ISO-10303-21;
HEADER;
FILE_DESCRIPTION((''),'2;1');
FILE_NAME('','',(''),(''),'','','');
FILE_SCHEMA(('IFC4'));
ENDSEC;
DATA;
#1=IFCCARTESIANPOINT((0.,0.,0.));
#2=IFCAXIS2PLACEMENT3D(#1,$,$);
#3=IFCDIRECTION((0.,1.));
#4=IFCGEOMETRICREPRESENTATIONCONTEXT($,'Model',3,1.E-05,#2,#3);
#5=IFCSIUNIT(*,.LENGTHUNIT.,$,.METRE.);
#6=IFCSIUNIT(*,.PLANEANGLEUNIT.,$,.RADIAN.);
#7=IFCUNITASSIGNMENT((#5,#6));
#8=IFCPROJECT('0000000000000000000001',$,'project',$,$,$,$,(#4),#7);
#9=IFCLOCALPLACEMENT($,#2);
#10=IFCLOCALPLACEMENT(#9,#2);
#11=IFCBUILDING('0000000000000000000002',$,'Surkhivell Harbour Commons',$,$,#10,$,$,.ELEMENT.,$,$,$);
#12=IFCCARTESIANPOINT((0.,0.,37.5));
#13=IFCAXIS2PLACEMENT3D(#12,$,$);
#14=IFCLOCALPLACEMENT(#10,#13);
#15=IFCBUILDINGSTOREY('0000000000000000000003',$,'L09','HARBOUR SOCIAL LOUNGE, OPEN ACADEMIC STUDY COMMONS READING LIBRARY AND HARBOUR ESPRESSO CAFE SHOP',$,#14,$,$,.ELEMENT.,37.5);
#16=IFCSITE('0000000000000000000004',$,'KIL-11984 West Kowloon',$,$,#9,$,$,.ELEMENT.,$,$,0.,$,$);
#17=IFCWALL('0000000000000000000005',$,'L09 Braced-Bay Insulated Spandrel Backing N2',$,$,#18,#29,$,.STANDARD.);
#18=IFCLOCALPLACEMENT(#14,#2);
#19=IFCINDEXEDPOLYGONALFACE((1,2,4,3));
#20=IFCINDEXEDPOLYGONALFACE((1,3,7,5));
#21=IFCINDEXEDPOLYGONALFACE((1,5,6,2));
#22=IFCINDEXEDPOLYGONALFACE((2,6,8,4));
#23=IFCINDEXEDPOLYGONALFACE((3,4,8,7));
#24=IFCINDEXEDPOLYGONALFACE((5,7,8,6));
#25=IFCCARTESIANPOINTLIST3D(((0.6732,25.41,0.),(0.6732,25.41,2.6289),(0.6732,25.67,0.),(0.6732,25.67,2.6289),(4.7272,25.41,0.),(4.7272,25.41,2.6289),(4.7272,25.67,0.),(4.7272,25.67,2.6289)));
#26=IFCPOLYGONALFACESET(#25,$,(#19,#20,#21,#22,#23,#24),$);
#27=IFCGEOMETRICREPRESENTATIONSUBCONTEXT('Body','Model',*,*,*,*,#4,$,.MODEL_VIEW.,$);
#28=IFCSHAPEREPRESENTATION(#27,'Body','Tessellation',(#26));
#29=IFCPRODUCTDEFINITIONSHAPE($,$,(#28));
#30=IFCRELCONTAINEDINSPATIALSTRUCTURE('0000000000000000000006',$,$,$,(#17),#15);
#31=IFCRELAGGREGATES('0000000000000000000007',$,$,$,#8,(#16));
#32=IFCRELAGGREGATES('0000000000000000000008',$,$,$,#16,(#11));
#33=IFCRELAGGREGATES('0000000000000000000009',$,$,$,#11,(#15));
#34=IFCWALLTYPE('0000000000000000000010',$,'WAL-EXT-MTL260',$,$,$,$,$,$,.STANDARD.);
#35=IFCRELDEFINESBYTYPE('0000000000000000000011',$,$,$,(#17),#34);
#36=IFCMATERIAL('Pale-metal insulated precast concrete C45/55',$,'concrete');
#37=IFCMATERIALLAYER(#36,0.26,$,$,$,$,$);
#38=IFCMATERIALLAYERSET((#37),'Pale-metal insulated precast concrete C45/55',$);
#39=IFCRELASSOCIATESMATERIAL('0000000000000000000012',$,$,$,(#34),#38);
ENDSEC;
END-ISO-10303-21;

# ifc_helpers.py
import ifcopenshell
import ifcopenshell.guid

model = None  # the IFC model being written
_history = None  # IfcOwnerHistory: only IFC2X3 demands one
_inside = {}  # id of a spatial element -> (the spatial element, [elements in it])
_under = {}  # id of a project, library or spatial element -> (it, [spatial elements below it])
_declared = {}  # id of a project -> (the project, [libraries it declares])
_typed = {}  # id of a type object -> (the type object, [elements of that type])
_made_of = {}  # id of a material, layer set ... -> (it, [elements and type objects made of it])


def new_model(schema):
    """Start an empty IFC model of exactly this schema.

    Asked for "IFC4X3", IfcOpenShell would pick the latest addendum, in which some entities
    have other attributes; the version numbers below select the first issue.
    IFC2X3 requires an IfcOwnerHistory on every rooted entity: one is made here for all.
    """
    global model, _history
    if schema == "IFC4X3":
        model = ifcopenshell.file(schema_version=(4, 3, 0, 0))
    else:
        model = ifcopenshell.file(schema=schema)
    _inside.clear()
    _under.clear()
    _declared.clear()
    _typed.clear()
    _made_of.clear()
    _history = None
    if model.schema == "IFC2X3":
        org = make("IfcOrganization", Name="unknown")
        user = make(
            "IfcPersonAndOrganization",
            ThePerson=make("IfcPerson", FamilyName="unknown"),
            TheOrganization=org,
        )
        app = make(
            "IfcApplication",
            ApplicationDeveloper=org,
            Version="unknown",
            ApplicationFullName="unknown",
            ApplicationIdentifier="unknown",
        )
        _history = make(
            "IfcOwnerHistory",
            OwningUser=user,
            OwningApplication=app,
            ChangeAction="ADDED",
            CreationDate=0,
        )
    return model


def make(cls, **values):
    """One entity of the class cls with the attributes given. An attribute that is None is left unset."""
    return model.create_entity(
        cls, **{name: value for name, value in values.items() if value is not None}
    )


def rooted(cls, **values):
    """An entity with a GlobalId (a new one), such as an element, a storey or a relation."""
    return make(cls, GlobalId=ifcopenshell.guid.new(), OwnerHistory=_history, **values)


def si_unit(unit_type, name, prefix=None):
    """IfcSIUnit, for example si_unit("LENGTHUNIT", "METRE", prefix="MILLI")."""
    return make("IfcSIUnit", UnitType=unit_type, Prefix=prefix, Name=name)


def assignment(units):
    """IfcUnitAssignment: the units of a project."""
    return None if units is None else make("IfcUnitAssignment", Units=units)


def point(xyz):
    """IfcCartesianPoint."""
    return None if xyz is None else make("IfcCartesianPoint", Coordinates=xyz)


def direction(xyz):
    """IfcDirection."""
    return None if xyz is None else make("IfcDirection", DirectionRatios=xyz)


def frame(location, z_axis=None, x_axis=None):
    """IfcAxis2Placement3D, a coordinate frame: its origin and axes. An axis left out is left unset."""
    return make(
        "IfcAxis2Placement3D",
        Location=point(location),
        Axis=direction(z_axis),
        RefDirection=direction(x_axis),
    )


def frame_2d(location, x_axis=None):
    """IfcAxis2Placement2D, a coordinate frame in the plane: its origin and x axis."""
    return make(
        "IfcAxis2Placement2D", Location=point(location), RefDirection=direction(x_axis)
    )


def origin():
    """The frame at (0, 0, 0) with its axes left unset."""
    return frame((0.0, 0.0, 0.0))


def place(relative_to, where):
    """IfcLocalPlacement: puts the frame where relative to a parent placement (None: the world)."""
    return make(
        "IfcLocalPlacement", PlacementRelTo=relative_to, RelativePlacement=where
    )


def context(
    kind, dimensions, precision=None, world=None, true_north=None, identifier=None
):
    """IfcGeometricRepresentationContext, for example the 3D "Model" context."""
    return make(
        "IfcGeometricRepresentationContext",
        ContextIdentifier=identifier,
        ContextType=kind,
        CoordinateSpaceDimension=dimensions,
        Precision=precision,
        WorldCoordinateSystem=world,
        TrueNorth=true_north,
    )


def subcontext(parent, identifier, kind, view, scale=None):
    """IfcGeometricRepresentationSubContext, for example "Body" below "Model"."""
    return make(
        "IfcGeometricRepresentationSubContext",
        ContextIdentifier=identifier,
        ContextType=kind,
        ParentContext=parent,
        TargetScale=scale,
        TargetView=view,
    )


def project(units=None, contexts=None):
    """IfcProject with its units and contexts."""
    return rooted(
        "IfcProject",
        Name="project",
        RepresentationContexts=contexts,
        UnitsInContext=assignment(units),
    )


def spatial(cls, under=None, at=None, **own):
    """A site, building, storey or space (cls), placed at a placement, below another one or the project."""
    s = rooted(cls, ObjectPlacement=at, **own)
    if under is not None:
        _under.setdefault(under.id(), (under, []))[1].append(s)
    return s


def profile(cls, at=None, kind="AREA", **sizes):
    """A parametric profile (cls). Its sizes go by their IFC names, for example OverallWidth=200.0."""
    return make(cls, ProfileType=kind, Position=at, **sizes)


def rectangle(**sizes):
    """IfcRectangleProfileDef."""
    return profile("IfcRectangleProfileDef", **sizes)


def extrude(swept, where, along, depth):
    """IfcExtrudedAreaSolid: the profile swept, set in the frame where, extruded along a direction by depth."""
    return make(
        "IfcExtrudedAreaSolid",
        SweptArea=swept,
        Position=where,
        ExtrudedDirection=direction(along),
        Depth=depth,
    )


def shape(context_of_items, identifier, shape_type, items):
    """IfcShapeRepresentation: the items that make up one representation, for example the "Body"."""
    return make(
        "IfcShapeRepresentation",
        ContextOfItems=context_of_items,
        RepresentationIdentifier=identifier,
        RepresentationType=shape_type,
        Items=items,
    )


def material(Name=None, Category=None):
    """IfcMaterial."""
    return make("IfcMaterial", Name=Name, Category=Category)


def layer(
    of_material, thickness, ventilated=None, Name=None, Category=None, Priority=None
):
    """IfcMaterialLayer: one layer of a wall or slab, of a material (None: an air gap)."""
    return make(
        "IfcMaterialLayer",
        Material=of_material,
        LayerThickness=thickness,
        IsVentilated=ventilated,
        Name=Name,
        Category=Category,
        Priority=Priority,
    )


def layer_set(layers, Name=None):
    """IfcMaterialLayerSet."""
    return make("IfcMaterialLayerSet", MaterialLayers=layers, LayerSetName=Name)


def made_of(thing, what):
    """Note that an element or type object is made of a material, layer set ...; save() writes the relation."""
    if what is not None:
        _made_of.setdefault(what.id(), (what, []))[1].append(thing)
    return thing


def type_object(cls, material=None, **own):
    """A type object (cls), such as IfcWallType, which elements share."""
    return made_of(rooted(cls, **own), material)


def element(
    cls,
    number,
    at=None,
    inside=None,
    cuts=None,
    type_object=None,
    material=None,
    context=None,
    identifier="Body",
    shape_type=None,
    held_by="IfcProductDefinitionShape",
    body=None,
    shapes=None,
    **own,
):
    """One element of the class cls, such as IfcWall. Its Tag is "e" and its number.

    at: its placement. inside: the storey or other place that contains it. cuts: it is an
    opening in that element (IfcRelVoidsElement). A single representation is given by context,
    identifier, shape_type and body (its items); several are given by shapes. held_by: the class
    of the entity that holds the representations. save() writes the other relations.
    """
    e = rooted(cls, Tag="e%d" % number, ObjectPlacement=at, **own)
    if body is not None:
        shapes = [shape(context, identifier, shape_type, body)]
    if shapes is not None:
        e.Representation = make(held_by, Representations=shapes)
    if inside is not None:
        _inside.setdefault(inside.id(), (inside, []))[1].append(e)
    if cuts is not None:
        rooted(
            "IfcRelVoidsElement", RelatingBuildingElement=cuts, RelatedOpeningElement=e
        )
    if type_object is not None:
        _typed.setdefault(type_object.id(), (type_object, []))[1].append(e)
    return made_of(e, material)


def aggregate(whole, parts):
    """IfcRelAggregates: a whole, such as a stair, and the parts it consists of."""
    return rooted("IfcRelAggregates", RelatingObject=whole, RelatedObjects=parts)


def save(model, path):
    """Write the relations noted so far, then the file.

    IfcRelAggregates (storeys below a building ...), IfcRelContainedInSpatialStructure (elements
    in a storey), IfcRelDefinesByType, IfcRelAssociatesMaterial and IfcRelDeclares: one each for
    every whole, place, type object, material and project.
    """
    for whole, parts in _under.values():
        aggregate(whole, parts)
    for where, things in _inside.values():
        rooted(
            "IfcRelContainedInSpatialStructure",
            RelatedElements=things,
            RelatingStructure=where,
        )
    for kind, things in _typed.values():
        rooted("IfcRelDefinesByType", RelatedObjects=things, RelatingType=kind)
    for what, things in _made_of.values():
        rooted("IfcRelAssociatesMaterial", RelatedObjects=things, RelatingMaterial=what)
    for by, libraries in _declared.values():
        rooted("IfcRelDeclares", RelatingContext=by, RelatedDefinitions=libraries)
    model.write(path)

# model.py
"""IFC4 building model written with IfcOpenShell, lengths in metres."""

from ifc_helpers import new_model, si_unit, direction, frame, frame_2d, origin, place, context, subcontext, project, spatial, rectangle, extrude, material, layer, layer_set, type_object, element, save


model = new_model("IFC4")

# Units and contexts
model_context = context("Model", 3, precision=1e-05, world=origin(), true_north=direction((0.0, 1.0)))
body_context = subcontext(model_context, "Body", "Model", "MODEL_VIEW")
ifc_project = project(units=[si_unit("LENGTHUNIT", "METRE"), si_unit("PLANEANGLEUNIT", "RADIAN")], contexts=[model_context])

# Site, building, storey
site_placement = place(None, origin())
site = spatial("IfcSite", under=ifc_project, at=site_placement, Name="KIL-11984 West Kowloon", CompositionType="ELEMENT", RefElevation=0.0)
building_placement = place(site_placement, origin())
building = spatial("IfcBuilding", under=site, at=building_placement, Name="Surkhivell Harbour Commons", CompositionType="ELEMENT")
storey_placement = place(building_placement, frame((0.0, 0.0, 37.5)))
storey = spatial("IfcBuildingStorey", under=building, at=storey_placement, Name="L09", Description="HARBOUR SOCIAL LOUNGE, OPEN ACADEMIC STUDY COMMONS READING LIBRARY AND HARBOUR ESPRESSO CAFE SHOP", CompositionType="ELEMENT", Elevation=37.5)

# Wall
ifc_material_1 = material(Name="Pale-metal insulated precast concrete C45/55", Category="concrete")
ifc_layer_1 = layer(ifc_material_1, 0.26)
ifc_layer_set_1 = layer_set([ifc_layer_1], Name="Pale-metal insulated precast concrete C45/55")
wall_type = type_object("IfcWallType", Name="WAL-EXT-MTL260", PredefinedType="STANDARD", material=ifc_layer_set_1)
wall_placement = place(storey_placement, frame((4.7271, 25.54, 0.0), z_axis=(0.0, 0.0, 1.0), x_axis=(-1.0, 0.0, 0.0)))
element("IfcWall", 1, at=wall_placement, inside=storey, type_object=wall_type, Name="L09 Braced-Bay Insulated Spandrel Backing N2", PredefinedType="STANDARD", context=body_context, shape_type="SweptSolid", body=[
    extrude(rectangle(XDim=4.054, YDim=0.26, at=frame_2d((2.0269, 0.0))), origin(), (0.0, 0.0, 1.0), 2.6289),
])

save(model, "model.ifc")
